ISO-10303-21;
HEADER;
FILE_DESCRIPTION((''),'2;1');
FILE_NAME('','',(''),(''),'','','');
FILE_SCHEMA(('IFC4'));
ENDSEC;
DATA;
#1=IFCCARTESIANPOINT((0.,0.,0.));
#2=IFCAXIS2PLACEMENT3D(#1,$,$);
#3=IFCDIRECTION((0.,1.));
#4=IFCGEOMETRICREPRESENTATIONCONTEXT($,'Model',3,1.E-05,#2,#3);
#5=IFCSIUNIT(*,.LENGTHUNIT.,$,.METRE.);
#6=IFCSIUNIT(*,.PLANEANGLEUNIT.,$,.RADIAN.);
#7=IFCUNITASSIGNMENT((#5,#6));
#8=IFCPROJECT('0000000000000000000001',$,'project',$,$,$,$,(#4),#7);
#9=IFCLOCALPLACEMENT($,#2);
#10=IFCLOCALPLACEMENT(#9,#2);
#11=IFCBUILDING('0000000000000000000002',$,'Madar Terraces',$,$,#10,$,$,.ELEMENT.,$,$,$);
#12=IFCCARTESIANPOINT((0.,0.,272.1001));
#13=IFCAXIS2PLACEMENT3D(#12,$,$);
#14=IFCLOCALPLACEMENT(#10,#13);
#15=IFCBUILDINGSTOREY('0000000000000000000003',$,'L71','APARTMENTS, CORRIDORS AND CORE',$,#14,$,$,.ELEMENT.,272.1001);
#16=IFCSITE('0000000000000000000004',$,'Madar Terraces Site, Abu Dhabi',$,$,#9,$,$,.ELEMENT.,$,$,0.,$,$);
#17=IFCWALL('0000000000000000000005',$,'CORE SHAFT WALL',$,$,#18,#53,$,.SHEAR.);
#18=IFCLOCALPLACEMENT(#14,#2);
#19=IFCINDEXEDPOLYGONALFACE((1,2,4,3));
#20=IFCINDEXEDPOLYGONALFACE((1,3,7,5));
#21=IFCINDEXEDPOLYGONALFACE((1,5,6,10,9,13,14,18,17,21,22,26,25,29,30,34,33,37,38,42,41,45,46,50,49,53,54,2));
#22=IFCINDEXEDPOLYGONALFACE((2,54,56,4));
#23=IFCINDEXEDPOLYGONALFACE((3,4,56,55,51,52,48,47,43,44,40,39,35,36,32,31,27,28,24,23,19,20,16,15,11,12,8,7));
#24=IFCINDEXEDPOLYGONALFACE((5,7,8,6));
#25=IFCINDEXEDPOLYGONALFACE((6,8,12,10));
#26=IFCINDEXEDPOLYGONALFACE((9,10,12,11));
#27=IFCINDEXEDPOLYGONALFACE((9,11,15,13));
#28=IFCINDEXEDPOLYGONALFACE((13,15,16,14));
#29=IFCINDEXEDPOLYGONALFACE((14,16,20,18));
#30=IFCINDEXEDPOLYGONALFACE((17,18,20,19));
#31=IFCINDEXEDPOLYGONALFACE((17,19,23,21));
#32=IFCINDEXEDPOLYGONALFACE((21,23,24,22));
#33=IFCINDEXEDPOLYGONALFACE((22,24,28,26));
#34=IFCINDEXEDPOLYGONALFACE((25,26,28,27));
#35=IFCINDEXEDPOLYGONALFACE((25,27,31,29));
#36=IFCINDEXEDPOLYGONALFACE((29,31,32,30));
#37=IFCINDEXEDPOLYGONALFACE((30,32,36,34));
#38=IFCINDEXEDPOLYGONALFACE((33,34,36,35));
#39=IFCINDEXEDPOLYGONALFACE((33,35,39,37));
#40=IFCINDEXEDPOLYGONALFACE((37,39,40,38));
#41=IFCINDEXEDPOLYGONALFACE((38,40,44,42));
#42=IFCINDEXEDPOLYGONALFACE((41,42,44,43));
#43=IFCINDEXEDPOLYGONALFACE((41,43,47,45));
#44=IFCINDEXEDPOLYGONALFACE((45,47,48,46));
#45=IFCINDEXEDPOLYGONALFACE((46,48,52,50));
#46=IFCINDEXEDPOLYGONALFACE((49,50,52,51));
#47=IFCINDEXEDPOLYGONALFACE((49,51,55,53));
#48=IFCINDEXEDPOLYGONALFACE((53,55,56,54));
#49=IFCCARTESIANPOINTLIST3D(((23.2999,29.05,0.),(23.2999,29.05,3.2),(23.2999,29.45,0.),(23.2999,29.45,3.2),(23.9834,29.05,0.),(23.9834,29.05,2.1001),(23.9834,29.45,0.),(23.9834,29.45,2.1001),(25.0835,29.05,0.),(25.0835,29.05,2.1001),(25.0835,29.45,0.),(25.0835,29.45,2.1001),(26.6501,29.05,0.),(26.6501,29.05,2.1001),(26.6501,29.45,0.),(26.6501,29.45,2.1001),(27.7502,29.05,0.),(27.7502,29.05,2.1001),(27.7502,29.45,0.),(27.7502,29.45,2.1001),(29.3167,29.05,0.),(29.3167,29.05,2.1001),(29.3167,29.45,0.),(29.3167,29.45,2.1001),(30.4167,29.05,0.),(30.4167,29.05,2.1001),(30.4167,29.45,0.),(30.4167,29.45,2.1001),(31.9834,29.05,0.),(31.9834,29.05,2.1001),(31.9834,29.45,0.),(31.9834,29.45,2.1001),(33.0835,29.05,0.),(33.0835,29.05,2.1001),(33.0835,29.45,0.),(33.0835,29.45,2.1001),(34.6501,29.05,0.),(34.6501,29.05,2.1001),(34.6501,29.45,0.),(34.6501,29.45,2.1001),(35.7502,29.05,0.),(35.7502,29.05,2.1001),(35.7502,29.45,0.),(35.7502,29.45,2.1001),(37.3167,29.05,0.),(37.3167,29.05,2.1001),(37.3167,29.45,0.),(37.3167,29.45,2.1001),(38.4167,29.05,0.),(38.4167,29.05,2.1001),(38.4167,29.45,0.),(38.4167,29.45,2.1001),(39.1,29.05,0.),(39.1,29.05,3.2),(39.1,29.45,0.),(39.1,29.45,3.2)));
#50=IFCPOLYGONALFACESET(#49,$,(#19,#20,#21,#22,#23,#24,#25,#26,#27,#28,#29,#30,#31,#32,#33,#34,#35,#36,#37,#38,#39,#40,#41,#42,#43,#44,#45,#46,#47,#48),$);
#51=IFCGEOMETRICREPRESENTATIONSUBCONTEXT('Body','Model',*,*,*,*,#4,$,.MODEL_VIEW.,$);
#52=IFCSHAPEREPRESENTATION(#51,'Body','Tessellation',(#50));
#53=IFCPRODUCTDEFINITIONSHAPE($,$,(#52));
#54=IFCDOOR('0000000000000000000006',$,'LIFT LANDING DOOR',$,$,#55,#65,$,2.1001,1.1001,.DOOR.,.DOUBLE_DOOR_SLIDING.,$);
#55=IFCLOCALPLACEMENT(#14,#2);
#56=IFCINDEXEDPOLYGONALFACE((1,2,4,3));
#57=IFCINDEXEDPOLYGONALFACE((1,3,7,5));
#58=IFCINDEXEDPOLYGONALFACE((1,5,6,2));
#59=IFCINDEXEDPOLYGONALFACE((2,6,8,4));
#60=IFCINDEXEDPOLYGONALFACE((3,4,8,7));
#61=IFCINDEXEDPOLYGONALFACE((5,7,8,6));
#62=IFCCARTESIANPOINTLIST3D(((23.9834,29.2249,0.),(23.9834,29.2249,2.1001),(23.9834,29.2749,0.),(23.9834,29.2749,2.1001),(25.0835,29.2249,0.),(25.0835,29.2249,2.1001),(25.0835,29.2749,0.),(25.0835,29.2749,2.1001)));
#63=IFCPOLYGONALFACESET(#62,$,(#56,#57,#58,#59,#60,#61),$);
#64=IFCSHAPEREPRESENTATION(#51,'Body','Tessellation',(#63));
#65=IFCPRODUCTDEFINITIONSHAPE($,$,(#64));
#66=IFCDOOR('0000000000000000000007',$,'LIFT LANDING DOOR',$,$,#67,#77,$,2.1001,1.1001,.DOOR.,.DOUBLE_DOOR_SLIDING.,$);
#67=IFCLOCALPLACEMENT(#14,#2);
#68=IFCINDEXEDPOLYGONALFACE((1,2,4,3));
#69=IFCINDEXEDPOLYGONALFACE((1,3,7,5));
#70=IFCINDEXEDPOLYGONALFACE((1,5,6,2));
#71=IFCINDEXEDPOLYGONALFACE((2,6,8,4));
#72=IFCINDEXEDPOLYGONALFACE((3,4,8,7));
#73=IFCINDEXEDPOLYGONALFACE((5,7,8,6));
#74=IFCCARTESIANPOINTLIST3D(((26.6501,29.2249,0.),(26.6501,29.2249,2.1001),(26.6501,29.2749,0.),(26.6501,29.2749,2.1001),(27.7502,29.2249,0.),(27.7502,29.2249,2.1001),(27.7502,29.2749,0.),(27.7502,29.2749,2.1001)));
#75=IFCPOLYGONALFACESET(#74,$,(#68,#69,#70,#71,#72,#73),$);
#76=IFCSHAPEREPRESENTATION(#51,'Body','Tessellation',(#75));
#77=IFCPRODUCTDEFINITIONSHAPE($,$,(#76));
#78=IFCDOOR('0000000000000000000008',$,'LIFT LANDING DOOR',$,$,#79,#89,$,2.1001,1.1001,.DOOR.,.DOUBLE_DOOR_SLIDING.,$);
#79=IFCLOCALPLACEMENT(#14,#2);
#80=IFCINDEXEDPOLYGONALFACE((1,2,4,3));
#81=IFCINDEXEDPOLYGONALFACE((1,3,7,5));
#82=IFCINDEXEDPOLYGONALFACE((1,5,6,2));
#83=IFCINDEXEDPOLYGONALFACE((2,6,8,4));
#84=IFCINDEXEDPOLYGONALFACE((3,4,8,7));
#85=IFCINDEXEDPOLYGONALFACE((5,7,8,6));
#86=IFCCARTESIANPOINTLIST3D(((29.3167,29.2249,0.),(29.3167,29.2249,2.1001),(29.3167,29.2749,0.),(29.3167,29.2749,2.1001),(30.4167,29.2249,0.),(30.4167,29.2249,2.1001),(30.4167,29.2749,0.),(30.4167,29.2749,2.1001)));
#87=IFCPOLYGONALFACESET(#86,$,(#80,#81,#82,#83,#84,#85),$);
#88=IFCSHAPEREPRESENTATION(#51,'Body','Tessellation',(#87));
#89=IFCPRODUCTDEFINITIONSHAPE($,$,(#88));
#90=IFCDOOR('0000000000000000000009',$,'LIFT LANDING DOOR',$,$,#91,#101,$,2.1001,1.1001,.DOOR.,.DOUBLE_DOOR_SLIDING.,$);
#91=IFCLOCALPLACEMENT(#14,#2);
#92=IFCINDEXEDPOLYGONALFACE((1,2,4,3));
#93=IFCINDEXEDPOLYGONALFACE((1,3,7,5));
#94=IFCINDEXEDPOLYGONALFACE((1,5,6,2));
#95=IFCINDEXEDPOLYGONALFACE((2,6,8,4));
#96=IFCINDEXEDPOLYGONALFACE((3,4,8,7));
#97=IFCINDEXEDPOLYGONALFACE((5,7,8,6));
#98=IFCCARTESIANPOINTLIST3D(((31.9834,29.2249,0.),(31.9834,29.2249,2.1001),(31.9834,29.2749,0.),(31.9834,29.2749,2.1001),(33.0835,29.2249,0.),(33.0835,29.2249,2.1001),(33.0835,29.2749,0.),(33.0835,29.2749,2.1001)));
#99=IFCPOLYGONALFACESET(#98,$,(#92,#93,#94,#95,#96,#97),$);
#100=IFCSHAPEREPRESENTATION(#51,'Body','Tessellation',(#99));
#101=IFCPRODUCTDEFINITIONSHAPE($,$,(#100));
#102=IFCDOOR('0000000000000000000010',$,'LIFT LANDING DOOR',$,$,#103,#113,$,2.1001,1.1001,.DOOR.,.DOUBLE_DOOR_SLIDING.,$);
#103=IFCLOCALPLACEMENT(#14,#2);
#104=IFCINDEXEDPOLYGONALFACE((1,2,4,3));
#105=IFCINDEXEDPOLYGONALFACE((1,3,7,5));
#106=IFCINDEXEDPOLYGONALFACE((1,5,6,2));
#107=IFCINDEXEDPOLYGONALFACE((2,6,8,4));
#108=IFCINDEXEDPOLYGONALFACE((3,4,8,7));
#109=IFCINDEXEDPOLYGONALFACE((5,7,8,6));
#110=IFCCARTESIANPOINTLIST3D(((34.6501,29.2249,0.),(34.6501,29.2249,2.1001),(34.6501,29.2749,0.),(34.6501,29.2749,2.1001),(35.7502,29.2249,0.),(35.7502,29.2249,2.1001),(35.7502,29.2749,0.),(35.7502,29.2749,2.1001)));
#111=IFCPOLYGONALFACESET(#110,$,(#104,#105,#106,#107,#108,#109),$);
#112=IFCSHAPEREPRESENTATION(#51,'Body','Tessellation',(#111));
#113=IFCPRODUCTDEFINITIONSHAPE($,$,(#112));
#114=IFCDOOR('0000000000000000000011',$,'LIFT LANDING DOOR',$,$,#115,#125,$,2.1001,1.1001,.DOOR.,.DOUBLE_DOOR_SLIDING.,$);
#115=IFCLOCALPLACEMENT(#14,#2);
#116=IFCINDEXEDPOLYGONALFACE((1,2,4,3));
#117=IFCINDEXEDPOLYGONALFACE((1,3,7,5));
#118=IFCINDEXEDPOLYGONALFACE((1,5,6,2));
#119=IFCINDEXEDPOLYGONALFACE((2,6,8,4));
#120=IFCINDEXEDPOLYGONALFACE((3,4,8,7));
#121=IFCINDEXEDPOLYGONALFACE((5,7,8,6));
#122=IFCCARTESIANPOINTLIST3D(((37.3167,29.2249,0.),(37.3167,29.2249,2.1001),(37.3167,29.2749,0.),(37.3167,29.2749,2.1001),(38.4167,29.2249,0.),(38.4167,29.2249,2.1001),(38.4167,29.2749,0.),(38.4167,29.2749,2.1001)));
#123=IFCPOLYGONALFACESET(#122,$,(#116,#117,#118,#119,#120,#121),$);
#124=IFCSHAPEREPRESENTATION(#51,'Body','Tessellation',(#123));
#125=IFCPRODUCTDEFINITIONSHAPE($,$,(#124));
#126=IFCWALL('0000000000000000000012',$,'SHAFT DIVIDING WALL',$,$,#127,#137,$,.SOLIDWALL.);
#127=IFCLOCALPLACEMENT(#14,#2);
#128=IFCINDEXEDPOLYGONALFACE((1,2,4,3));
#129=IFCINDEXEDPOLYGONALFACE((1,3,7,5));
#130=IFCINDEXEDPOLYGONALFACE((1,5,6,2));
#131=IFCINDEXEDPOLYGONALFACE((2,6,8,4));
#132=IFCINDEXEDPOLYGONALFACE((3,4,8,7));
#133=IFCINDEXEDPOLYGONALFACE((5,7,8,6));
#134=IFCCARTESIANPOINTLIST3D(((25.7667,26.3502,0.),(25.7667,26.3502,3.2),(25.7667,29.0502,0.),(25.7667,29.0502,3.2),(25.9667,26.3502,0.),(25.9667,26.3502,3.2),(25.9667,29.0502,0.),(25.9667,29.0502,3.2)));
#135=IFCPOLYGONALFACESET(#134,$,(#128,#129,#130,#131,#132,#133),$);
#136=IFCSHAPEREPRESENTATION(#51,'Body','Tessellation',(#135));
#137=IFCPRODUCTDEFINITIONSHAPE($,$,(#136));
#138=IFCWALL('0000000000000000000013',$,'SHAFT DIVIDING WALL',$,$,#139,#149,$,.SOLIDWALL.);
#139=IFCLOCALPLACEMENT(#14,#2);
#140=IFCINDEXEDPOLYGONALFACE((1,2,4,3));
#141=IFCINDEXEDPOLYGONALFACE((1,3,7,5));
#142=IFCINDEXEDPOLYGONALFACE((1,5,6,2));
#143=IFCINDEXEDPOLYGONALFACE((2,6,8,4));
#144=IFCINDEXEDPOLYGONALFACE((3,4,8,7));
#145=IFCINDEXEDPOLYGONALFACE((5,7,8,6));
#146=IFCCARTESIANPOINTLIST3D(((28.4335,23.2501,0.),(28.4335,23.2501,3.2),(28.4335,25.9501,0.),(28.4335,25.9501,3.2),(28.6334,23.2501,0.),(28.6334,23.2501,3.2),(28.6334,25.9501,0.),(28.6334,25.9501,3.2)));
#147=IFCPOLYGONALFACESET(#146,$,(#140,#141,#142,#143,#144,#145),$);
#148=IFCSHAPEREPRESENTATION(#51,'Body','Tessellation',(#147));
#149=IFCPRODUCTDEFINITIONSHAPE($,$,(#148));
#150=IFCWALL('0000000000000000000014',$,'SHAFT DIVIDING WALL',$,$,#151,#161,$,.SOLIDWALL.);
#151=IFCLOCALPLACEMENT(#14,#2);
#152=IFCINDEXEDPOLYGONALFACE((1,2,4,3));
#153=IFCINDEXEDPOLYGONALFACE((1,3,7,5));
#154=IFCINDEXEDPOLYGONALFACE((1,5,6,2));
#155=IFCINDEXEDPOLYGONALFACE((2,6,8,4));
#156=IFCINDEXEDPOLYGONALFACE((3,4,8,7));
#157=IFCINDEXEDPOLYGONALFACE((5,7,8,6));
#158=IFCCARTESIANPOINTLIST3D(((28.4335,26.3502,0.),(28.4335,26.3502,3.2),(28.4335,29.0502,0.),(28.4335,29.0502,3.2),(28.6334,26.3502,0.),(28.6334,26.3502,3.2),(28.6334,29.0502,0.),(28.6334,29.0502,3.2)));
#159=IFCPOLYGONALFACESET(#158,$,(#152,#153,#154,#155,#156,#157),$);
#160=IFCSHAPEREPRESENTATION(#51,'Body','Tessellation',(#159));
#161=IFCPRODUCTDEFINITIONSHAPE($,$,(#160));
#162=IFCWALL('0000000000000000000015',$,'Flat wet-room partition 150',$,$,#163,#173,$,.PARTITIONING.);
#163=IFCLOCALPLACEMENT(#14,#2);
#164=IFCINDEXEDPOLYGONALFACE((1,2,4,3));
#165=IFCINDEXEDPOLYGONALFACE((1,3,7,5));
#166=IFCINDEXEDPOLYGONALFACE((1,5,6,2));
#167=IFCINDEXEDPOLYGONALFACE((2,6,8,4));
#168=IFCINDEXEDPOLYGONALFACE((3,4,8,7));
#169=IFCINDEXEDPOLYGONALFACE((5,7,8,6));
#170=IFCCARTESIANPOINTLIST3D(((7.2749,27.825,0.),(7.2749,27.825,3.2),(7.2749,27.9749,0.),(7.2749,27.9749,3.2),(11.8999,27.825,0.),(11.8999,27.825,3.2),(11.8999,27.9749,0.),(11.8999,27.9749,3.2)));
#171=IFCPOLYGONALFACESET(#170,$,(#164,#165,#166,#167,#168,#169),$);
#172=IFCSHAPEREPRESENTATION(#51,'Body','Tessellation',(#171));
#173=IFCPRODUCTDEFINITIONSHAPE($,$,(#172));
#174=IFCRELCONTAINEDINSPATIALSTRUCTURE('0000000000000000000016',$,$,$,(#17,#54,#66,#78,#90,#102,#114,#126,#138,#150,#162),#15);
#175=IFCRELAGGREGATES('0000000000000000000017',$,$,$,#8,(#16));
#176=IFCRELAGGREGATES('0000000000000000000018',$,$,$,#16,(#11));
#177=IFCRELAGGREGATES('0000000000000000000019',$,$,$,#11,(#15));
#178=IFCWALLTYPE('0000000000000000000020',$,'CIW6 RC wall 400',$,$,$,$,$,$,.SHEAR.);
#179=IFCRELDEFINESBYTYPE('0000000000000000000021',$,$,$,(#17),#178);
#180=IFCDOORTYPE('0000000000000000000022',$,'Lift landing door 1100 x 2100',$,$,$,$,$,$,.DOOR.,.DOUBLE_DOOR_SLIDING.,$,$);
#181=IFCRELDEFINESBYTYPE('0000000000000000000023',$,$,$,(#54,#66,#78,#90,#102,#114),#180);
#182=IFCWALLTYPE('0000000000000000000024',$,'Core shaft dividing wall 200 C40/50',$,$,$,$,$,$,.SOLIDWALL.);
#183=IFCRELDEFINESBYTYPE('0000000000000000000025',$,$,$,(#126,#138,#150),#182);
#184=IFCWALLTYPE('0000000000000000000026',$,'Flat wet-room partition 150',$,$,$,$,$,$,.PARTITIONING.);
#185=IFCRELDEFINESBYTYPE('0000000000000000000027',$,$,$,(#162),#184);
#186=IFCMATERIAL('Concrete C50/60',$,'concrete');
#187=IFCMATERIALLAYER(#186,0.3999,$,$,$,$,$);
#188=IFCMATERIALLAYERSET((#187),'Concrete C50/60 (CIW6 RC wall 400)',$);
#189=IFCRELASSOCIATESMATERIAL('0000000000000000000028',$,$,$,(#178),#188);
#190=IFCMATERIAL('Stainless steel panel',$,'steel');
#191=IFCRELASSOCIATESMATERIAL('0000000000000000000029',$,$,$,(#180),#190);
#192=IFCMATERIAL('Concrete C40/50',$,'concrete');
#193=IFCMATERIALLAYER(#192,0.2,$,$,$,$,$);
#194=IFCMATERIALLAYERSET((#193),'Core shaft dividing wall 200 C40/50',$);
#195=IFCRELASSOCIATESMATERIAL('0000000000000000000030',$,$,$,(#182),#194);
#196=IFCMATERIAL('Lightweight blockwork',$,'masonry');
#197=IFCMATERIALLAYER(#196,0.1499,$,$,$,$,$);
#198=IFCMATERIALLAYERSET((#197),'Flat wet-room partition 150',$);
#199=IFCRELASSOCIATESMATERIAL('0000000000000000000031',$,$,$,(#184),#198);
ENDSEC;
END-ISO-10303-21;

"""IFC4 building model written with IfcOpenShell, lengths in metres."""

from ifc_helpers import new_model, si_unit, direction, frame, frame_2d, origin, place, context, subcontext, project, spatial, rectangle, extrude, material, layer, layer_set, type_object, element, fill, save


model = new_model("IFC4")

# Units and contexts
model_context = context("Model", 3, precision=1e-05, world=origin(), true_north=direction((0.0, 1.0)))
body_context = subcontext(model_context, "Body", "Model", "MODEL_VIEW")
ifc_project = project(units=[si_unit("LENGTHUNIT", "METRE"), si_unit("PLANEANGLEUNIT", "RADIAN")], contexts=[model_context])

# Site, building, storey
site_placement = place(None, origin())
site = spatial("IfcSite", under=ifc_project, at=site_placement, Name="Madar Terraces Site, Abu Dhabi", CompositionType="ELEMENT", RefElevation=0.0)
building_placement = place(site_placement, origin())
building = spatial("IfcBuilding", under=site, at=building_placement, Name="Madar Terraces", CompositionType="ELEMENT")
storey_placement = place(building_placement, frame((0.0, 0.0, 272.1001)))
storey = spatial("IfcBuildingStorey", under=building, at=storey_placement, Name="L71", Description="APARTMENTS, CORRIDORS AND CORE", CompositionType="ELEMENT", Elevation=272.1001)

# Shared definitions
ifc_material_1 = material(Name="Concrete C50/60", Category="concrete")
ifc_layer_1 = layer(ifc_material_1, 0.3999)
ifc_layer_set_1 = layer_set([ifc_layer_1], Name="Concrete C50/60 (CIW6 RC wall 400)")
wall_type_1 = type_object("IfcWallType", Name="CIW6 RC wall 400", PredefinedType="SHEAR", material=ifc_layer_set_1)

# Wall, openings, doors
wall_1_placement = place(storey_placement, frame((23.3, 29.25, 0.0), z_axis=(0.0, 0.0, 1.0), x_axis=(1.0, 0.0, 0.0)))
wall_1 = element("IfcWall", 1, at=wall_1_placement, inside=storey, type_object=wall_type_1, Name="CORE SHAFT WALL", PredefinedType="SHEAR", context=body_context, shape_type="SweptSolid", body=[
    extrude(rectangle(XDim=15.8, YDim=0.3999, at=frame_2d((7.8999, 0.0))), origin(), (0.0, 0.0, 1.0), 3.2),
])
opening_1_placement = place(wall_1_placement, frame((0.6833, 0.0, 0.0)))
opening_1 = element("IfcOpeningElement", 2, at=opening_1_placement, cuts=wall_1, PredefinedType="OPENING", context=body_context, shape_type="SweptSolid", body=[
    extrude(rectangle(XDim=1.1001, YDim=2.1001, at=frame_2d((0.55, 1.05))), frame((0.0, 0.21, 0.0), z_axis=(0.0, -1.0, 0.0), x_axis=(1.0, 0.0, 0.0)), (0.0, 0.0, 1.0), 0.4199),
])
opening_2_placement = place(wall_1_placement, frame((3.3501, 0.0, 0.0)))
opening_2 = element("IfcOpeningElement", 3, at=opening_2_placement, cuts=wall_1, PredefinedType="OPENING", context=body_context, shape_type="SweptSolid", body=[
    extrude(rectangle(XDim=1.1001, YDim=2.1001, at=frame_2d((0.55, 1.05))), frame((0.0, 0.21, 0.0), z_axis=(0.0, -1.0, 0.0), x_axis=(1.0, 0.0, 0.0)), (0.0, 0.0, 1.0), 0.4199),
])
opening_3_placement = place(wall_1_placement, frame((6.0166, 0.0, 0.0)))
opening_3 = element("IfcOpeningElement", 4, at=opening_3_placement, cuts=wall_1, PredefinedType="OPENING", context=body_context, shape_type="SweptSolid", body=[
    extrude(rectangle(XDim=1.1001, YDim=2.1001, at=frame_2d((0.55, 1.05))), frame((0.0, 0.21, 0.0), z_axis=(0.0, -1.0, 0.0), x_axis=(1.0, 0.0, 0.0)), (0.0, 0.0, 1.0), 0.4199),
])
opening_4_placement = place(wall_1_placement, frame((8.6833, 0.0, 0.0)))
opening_4 = element("IfcOpeningElement", 5, at=opening_4_placement, cuts=wall_1, PredefinedType="OPENING", context=body_context, shape_type="SweptSolid", body=[
    extrude(rectangle(XDim=1.1001, YDim=2.1001, at=frame_2d((0.55, 1.05))), frame((0.0, 0.21, 0.0), z_axis=(0.0, -1.0, 0.0), x_axis=(1.0, 0.0, 0.0)), (0.0, 0.0, 1.0), 0.4199),
])
opening_5_placement = place(wall_1_placement, frame((11.3501, 0.0, 0.0)))
opening_5 = element("IfcOpeningElement", 6, at=opening_5_placement, cuts=wall_1, PredefinedType="OPENING", context=body_context, shape_type="SweptSolid", body=[
    extrude(rectangle(XDim=1.1001, YDim=2.1001, at=frame_2d((0.55, 1.05))), frame((0.0, 0.21, 0.0), z_axis=(0.0, -1.0, 0.0), x_axis=(1.0, 0.0, 0.0)), (0.0, 0.0, 1.0), 0.4199),
])
opening_6_placement = place(wall_1_placement, frame((14.0166, 0.0, 0.0)))
opening_6 = element("IfcOpeningElement", 7, at=opening_6_placement, cuts=wall_1, PredefinedType="OPENING", context=body_context, shape_type="SweptSolid", body=[
    extrude(rectangle(XDim=1.1001, YDim=2.1001, at=frame_2d((0.55, 1.05))), frame((0.0, 0.21, 0.0), z_axis=(0.0, -1.0, 0.0), x_axis=(1.0, 0.0, 0.0)), (0.0, 0.0, 1.0), 0.4199),
])
ifc_material_2 = material(Name="Stainless steel panel", Category="steel")
door_type_1 = type_object("IfcDoorType", Name="Lift landing door 1100 x 2100", OperationType="DOUBLE_DOOR_SLIDING", PredefinedType="DOOR", material=ifc_material_2)
door_1_placement = place(opening_1_placement, origin())
door_1 = element("IfcDoor", 8, at=door_1_placement, inside=storey, type_object=door_type_1, Name="LIFT LANDING DOOR", OperationType="DOUBLE_DOOR_SLIDING", OverallHeight=2.1001, OverallWidth=1.1001, PredefinedType="DOOR", context=body_context, shape_type="SweptSolid", body=[
    extrude(rectangle(XDim=1.1001, YDim=2.1001, at=frame_2d((0.55, 1.05))), frame((0.0, 0.0249, 0.0), z_axis=(0.0, -1.0, 0.0), x_axis=(1.0, 0.0, 0.0)), (0.0, 0.0, 1.0), 0.05),
])
fill(opening_1, door_1)
door_2_placement = place(opening_2_placement, origin())
door_2 = element("IfcDoor", 9, at=door_2_placement, inside=storey, type_object=door_type_1, Name="LIFT LANDING DOOR", OperationType="DOUBLE_DOOR_SLIDING", OverallHeight=2.1001, OverallWidth=1.1001, PredefinedType="DOOR", context=body_context, shape_type="SweptSolid", body=[
    extrude(rectangle(XDim=1.1001, YDim=2.1001, at=frame_2d((0.55, 1.05))), frame((0.0, 0.0249, 0.0), z_axis=(0.0, -1.0, 0.0), x_axis=(1.0, 0.0, 0.0)), (0.0, 0.0, 1.0), 0.05),
])
fill(opening_2, door_2)
door_3_placement = place(opening_3_placement, origin())
door_3 = element("IfcDoor", 10, at=door_3_placement, inside=storey, type_object=door_type_1, Name="LIFT LANDING DOOR", OperationType="DOUBLE_DOOR_SLIDING", OverallHeight=2.1001, OverallWidth=1.1001, PredefinedType="DOOR", context=body_context, shape_type="SweptSolid", body=[
    extrude(rectangle(XDim=1.1001, YDim=2.1001, at=frame_2d((0.55, 1.05))), frame((0.0, 0.0249, 0.0), z_axis=(0.0, -1.0, 0.0), x_axis=(1.0, 0.0, 0.0)), (0.0, 0.0, 1.0), 0.05),
])
fill(opening_3, door_3)
door_4_placement = place(opening_4_placement, origin())
door_4 = element("IfcDoor", 11, at=door_4_placement, inside=storey, type_object=door_type_1, Name="LIFT LANDING DOOR", OperationType="DOUBLE_DOOR_SLIDING", OverallHeight=2.1001, OverallWidth=1.1001, PredefinedType="DOOR", context=body_context, shape_type="SweptSolid", body=[
    extrude(rectangle(XDim=1.1001, YDim=2.1001, at=frame_2d((0.55, 1.05))), frame((0.0, 0.0249, 0.0), z_axis=(0.0, -1.0, 0.0), x_axis=(1.0, 0.0, 0.0)), (0.0, 0.0, 1.0), 0.05),
])
fill(opening_4, door_4)
door_5_placement = place(opening_5_placement, origin())
door_5 = element("IfcDoor", 12, at=door_5_placement, inside=storey, type_object=door_type_1, Name="LIFT LANDING DOOR", OperationType="DOUBLE_DOOR_SLIDING", OverallHeight=2.1001, OverallWidth=1.1001, PredefinedType="DOOR", context=body_context, shape_type="SweptSolid", body=[
    extrude(rectangle(XDim=1.1001, YDim=2.1001, at=frame_2d((0.55, 1.05))), frame((0.0, 0.0249, 0.0), z_axis=(0.0, -1.0, 0.0), x_axis=(1.0, 0.0, 0.0)), (0.0, 0.0, 1.0), 0.05),
])
fill(opening_5, door_5)
door_6_placement = place(opening_6_placement, origin())
door_6 = element("IfcDoor", 13, at=door_6_placement, inside=storey, type_object=door_type_1, Name="LIFT LANDING DOOR", OperationType="DOUBLE_DOOR_SLIDING", OverallHeight=2.1001, OverallWidth=1.1001, PredefinedType="DOOR", context=body_context, shape_type="SweptSolid", body=[
    extrude(rectangle(XDim=1.1001, YDim=2.1001, at=frame_2d((0.55, 1.05))), frame((0.0, 0.0249, 0.0), z_axis=(0.0, -1.0, 0.0), x_axis=(1.0, 0.0, 0.0)), (0.0, 0.0, 1.0), 0.05),
])
fill(opening_6, door_6)

# Walls
ifc_material_3 = material(Name="Concrete C40/50", Category="concrete")
ifc_layer_2 = layer(ifc_material_3, 0.2)
ifc_layer_set_2 = layer_set([ifc_layer_2], Name="Core shaft dividing wall 200 C40/50")
wall_type_2 = type_object("IfcWallType", Name="Core shaft dividing wall 200 C40/50", PredefinedType="SOLIDWALL", material=ifc_layer_set_2)
for number, where, z_axis, x_axis, name in (
    (14, (25.8667, 26.3501, 0.0), (0.0, 0.0, 1.0), (0.0, 1.0, 0.0), "SHAFT DIVIDING WALL"),
    (15, (28.5334, 23.25, 0.0), (0.0, 0.0, 1.0), (0.0, 1.0, 0.0), "SHAFT DIVIDING WALL"),
    (16, (28.5334, 26.3501, 0.0), (0.0, 0.0, 1.0), (0.0, 1.0, 0.0), "SHAFT DIVIDING WALL"),
):
    element("IfcWall", number, at=place(storey_placement, frame(where, z_axis=z_axis, x_axis=x_axis)), inside=storey, type_object=wall_type_2, Name=name, PredefinedType="SOLIDWALL", context=body_context, shape_type="SweptSolid", body=[
        extrude(rectangle(XDim=2.7, YDim=0.2, at=frame_2d((1.3501, 0.0))), origin(), (0.0, 0.0, 1.0), 3.2),
    ])
ifc_material_4 = material(Name="Lightweight blockwork", Category="masonry")
ifc_layer_3 = layer(ifc_material_4, 0.1499)
ifc_layer_set_3 = layer_set([ifc_layer_3], Name="Flat wet-room partition 150")
wall_type_3 = type_object("IfcWallType", Name="Flat wet-room partition 150", PredefinedType="PARTITIONING", material=ifc_layer_set_3)
wall_2_placement = place(storey_placement, frame((11.8999, 27.8999, 0.0), z_axis=(0.0, 0.0, 1.0), x_axis=(-1.0, 0.0, 0.0)))
element("IfcWall", 17, at=wall_2_placement, inside=storey, type_object=wall_type_3, Name="Flat wet-room partition 150", PredefinedType="PARTITIONING", context=body_context, shape_type="SweptSolid", body=[
    extrude(rectangle(XDim=4.625, YDim=0.1499, at=frame_2d((2.3125, 0.0))), origin(), (0.0, 0.0, 1.0), 3.2),
])

save(model, "model.ifc")
